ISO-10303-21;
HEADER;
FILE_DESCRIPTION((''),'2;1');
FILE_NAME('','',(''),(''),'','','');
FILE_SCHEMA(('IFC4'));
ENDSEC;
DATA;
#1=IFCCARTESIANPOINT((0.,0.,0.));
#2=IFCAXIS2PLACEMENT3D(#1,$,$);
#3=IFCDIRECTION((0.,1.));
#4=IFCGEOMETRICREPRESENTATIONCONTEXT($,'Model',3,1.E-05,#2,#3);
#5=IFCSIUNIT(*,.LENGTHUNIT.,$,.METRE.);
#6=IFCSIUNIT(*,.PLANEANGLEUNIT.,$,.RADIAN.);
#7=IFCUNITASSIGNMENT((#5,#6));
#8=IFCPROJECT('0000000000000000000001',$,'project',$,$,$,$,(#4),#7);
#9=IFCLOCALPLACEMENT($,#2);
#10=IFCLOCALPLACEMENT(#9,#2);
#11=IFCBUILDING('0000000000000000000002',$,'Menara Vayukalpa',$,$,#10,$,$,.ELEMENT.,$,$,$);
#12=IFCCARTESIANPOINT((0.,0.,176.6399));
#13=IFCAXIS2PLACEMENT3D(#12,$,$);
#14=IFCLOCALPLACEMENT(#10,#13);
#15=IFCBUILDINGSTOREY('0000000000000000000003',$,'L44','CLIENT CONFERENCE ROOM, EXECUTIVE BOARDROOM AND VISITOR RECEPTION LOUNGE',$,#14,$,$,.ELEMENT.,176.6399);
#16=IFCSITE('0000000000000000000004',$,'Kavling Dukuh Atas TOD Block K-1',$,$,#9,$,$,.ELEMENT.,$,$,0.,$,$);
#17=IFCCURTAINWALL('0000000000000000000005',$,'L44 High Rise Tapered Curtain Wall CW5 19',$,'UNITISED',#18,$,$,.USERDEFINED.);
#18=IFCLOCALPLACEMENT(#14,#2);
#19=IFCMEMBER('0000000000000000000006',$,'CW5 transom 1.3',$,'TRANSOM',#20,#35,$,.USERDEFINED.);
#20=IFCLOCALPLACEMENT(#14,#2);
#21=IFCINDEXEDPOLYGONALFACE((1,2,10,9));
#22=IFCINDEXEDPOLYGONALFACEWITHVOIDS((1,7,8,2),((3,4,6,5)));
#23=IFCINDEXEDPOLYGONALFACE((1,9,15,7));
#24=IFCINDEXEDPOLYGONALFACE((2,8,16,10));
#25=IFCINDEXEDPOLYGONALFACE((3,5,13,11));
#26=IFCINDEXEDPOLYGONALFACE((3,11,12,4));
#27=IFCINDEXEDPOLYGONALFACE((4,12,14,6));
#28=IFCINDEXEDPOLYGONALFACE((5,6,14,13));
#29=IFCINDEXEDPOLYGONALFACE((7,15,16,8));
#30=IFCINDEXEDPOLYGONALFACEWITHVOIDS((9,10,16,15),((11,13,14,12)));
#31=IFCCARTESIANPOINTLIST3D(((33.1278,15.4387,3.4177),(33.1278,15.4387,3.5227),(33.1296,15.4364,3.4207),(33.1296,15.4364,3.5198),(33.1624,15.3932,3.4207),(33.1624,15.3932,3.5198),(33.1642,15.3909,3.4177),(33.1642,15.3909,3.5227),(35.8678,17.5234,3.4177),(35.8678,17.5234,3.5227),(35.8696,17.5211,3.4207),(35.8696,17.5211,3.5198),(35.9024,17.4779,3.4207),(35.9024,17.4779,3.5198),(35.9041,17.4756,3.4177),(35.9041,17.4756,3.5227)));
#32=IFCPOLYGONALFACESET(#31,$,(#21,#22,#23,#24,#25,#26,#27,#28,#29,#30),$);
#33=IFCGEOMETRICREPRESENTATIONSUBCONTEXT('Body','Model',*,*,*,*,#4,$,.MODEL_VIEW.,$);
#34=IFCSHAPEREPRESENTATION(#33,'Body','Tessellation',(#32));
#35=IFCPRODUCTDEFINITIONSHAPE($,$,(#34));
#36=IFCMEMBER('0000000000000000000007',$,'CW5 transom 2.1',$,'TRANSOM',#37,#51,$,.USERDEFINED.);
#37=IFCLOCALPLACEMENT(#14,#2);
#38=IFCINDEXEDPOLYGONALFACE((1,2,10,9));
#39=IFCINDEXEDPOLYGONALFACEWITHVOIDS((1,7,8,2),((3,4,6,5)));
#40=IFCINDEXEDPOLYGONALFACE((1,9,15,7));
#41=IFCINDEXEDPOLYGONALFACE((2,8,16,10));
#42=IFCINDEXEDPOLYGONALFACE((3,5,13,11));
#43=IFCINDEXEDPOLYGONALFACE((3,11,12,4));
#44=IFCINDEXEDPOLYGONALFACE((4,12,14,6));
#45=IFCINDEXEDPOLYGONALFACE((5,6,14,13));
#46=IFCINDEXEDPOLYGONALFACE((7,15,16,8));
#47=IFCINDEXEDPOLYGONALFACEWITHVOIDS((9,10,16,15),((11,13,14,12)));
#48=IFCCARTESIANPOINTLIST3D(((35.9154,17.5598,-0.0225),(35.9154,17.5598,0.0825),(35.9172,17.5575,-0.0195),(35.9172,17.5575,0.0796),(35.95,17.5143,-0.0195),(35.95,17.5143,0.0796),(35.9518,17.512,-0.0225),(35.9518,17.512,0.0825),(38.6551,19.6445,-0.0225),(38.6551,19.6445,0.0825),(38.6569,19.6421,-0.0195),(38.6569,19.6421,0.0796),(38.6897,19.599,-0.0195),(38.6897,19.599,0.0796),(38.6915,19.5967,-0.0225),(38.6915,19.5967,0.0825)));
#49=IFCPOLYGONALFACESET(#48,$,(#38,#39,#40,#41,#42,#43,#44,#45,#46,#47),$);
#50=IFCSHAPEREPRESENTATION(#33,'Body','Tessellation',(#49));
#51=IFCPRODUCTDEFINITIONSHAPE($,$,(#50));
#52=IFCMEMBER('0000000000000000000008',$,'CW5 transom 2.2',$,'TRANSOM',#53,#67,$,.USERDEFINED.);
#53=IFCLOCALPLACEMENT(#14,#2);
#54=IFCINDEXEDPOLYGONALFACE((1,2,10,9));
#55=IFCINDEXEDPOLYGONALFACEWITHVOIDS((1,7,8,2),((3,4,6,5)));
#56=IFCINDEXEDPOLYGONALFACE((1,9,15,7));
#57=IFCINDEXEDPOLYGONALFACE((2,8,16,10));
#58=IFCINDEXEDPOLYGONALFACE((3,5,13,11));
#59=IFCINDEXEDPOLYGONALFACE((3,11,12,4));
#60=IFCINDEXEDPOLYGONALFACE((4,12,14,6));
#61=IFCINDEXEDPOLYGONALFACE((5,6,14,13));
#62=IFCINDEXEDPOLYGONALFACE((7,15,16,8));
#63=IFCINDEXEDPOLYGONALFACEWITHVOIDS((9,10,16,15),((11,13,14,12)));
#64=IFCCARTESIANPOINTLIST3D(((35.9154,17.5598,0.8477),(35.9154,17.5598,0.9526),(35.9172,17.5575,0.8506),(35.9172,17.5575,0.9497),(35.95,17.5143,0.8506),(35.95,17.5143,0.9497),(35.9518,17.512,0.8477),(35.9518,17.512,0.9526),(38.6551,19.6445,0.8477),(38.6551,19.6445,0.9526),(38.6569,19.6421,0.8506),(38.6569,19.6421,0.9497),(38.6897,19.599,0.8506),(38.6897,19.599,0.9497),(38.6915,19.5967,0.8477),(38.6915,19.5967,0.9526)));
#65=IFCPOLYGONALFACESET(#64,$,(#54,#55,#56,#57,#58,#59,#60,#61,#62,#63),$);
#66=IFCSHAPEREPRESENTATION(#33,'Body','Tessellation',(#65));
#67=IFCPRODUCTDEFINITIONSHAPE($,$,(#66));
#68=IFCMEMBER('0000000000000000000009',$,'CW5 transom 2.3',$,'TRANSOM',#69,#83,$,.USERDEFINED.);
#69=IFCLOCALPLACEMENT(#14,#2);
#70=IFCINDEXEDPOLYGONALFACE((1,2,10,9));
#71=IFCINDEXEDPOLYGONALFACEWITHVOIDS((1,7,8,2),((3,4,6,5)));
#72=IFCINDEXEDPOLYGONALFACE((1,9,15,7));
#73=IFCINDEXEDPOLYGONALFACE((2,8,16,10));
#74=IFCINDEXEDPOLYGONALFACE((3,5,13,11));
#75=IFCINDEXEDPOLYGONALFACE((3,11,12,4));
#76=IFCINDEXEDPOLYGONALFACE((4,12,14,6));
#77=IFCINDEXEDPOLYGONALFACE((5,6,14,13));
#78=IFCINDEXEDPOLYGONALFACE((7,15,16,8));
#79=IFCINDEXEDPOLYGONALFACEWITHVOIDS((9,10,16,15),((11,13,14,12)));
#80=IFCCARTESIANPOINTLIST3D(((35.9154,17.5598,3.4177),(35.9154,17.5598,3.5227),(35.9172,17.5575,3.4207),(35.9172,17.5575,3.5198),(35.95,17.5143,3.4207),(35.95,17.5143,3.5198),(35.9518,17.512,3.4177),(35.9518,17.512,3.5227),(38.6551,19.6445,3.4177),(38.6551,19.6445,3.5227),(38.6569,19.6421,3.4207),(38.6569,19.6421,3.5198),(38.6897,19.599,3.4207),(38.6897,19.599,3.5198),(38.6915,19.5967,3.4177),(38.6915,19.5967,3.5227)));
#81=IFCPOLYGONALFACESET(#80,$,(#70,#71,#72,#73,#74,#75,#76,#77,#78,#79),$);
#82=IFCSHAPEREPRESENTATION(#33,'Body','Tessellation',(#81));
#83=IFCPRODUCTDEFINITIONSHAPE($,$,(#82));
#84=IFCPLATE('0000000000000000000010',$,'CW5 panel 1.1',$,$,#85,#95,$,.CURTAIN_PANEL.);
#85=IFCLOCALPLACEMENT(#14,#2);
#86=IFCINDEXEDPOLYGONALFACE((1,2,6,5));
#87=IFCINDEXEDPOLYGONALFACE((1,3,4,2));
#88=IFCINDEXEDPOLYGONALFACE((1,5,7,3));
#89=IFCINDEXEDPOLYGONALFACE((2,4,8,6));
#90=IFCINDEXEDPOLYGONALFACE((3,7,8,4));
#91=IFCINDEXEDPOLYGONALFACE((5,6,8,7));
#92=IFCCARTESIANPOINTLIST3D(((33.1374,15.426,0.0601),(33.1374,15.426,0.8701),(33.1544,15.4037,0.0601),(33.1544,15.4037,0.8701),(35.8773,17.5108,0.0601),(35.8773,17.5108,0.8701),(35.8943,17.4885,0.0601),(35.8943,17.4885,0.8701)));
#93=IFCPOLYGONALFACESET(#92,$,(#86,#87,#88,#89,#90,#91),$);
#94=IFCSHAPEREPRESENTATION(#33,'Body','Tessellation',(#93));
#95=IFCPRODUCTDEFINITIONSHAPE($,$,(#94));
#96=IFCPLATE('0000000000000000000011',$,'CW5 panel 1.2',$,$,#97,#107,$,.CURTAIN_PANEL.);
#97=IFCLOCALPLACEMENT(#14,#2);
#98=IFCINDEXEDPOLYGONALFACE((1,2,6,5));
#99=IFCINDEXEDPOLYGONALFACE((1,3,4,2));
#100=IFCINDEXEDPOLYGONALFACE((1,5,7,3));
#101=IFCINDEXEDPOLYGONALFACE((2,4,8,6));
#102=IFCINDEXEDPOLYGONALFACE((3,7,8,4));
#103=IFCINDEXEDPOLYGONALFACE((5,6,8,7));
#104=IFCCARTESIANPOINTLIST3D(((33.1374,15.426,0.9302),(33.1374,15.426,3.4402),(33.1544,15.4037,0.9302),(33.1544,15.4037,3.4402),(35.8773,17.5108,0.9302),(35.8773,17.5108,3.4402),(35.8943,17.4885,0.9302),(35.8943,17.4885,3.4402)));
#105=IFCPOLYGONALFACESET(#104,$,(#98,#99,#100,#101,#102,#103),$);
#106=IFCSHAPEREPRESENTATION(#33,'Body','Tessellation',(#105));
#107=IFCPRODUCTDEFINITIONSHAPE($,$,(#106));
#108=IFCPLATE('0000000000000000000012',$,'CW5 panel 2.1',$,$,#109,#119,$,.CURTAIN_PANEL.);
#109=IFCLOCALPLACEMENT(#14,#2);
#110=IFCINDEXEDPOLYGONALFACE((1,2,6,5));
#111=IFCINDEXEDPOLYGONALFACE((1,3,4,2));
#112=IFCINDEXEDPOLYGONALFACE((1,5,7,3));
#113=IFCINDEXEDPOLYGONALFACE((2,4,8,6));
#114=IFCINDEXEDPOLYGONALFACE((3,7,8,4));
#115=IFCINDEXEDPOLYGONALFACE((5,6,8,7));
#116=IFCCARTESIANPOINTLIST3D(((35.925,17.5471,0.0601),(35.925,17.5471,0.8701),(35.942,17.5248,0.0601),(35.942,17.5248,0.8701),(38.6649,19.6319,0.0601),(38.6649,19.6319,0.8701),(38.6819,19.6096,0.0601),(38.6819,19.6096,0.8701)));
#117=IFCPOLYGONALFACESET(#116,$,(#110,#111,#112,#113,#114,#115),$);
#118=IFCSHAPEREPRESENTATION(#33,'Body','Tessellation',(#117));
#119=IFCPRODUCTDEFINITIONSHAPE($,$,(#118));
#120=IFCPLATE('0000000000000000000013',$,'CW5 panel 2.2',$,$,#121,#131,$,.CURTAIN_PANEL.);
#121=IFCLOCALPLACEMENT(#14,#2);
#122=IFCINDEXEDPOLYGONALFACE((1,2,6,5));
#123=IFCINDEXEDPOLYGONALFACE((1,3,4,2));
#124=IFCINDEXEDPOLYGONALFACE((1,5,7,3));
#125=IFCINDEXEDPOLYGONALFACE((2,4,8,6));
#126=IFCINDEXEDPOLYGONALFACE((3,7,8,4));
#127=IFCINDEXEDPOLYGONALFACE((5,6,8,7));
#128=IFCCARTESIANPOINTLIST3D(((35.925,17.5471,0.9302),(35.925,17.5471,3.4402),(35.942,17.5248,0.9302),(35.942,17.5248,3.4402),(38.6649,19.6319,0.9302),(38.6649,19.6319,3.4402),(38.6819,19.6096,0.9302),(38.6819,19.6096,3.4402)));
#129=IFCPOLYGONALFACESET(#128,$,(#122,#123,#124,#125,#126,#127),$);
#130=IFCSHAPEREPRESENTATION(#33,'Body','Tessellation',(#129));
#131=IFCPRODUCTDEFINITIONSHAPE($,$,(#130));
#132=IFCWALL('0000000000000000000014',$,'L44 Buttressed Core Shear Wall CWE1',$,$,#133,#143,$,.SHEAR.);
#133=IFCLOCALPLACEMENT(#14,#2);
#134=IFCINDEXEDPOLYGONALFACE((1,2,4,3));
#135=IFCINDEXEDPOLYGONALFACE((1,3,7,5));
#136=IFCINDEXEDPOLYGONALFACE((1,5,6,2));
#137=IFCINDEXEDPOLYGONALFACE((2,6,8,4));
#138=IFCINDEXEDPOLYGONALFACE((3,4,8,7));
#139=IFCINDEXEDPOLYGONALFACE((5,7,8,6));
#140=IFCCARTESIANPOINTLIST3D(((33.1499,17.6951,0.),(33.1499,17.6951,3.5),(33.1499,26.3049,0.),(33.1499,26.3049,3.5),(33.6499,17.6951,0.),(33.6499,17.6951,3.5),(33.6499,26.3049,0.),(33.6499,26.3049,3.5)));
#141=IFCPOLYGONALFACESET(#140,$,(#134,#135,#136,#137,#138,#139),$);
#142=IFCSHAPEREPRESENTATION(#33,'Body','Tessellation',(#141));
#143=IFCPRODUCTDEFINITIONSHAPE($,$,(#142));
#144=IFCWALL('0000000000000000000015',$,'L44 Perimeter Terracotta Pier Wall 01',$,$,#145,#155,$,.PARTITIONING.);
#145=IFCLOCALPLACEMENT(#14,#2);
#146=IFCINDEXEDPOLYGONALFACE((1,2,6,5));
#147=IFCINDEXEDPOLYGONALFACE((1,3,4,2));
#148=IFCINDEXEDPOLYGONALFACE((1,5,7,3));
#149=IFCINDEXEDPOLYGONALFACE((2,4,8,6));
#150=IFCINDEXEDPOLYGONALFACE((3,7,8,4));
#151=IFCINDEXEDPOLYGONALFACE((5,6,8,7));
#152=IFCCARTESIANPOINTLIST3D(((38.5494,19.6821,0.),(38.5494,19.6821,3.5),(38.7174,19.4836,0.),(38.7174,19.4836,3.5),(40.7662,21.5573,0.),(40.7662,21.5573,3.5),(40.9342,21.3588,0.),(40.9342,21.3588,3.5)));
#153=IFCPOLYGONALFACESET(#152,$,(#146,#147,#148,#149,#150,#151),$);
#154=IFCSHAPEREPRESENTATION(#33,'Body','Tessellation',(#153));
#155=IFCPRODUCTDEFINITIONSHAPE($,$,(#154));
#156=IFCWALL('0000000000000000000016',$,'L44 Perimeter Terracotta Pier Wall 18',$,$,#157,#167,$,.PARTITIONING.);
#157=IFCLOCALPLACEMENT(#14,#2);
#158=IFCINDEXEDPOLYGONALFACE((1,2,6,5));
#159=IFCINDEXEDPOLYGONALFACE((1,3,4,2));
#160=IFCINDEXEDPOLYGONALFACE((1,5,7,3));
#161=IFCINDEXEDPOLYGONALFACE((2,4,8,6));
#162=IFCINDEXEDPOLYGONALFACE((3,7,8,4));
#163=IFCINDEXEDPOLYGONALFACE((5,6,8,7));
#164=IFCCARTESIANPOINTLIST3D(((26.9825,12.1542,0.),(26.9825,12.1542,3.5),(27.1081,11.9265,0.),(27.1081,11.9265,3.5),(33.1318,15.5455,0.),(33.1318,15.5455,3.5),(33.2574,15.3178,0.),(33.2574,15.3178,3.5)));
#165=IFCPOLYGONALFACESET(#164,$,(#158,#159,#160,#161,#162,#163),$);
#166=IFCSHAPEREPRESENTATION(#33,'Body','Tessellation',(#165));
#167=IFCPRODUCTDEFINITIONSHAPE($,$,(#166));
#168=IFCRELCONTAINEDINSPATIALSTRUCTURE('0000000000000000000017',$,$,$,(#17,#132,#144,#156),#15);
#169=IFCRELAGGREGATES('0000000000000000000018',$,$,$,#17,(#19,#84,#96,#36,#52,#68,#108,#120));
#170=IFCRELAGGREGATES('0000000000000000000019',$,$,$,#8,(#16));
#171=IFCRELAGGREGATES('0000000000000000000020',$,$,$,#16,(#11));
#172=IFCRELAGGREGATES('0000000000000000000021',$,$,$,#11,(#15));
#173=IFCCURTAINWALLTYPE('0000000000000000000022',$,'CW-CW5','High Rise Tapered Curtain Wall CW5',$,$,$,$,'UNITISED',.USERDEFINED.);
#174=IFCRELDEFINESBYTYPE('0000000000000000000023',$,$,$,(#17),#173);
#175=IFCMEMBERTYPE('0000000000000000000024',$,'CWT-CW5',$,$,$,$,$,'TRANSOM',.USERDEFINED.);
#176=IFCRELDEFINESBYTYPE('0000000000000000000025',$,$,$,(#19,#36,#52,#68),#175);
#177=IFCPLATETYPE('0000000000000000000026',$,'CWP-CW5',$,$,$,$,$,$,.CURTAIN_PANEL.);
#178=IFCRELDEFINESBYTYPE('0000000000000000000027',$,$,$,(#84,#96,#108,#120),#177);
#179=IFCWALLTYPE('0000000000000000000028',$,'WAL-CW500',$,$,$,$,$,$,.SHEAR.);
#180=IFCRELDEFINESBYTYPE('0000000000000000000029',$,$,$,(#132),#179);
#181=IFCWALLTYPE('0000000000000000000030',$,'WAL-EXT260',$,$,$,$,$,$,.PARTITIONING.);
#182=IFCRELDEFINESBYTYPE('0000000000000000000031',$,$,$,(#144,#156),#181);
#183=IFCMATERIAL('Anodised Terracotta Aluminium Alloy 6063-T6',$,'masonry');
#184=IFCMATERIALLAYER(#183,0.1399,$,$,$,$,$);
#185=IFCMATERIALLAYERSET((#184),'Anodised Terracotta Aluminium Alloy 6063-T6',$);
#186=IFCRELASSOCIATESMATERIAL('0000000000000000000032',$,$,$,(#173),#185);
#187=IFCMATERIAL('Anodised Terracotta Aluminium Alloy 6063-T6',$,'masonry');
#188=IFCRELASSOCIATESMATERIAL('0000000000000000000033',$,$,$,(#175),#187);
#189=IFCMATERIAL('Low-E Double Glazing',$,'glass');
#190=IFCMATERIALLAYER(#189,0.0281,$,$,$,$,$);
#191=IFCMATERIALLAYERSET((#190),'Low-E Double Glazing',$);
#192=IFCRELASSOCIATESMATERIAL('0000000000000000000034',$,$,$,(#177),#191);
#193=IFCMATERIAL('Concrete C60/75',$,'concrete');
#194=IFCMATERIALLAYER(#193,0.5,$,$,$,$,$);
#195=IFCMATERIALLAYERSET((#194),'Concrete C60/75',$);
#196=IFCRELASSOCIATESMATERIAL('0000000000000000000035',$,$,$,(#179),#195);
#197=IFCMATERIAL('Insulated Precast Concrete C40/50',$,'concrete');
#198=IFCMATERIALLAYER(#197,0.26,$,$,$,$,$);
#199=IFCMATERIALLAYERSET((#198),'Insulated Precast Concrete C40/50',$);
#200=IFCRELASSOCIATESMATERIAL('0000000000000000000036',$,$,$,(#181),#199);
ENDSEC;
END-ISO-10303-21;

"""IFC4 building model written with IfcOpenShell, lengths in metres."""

from ifc_helpers import new_model, si_unit, direction, frame, frame_2d, origin, origin_2d, place, context, subcontext, project, spatial, rectangle, hollow_rectangle, extrude, material, layer, layer_set, material_profile, profile_set, type_object, element, aggregate, save


model = new_model("IFC4")

# Units and contexts
model_context = context("Model", 3, precision=1e-05, world=origin(), true_north=direction((0.0, 1.0)))
body_context = subcontext(model_context, "Body", "Model", "MODEL_VIEW")
ifc_project = project(units=[si_unit("LENGTHUNIT", "METRE"), si_unit("PLANEANGLEUNIT", "RADIAN")], contexts=[model_context])

# Site, building, storey
site_placement = place(None, origin())
site = spatial("IfcSite", under=ifc_project, at=site_placement, Name="Kavling Dukuh Atas TOD Block K-1", CompositionType="ELEMENT", RefElevation=0.0)
building_placement = place(site_placement, origin())
building = spatial("IfcBuilding", under=site, at=building_placement, Name="Menara Vayukalpa", CompositionType="ELEMENT")
storey_placement = place(building_placement, frame((0.0, 0.0, 176.6399)))
storey = spatial("IfcBuildingStorey", under=building, at=storey_placement, Name="L44", Description="CLIENT CONFERENCE ROOM, EXECUTIVE BOARDROOM AND VISITOR RECEPTION LOUNGE", CompositionType="ELEMENT", Elevation=176.6399)

# Curtain wall, members, plates
ifc_material_1 = material(Name="Anodised Terracotta Aluminium Alloy 6063-T6", Category="masonry")
ifc_layer_1 = layer(ifc_material_1, 0.1399)
ifc_layer_set_1 = layer_set([ifc_layer_1], Name="Anodised Terracotta Aluminium Alloy 6063-T6")
curtain_wall_type = type_object("IfcCurtainWallType", Name="CW-CW5", Description="High Rise Tapered Curtain Wall CW5", ElementType="UNITISED", PredefinedType="USERDEFINED", material=ifc_layer_set_1)
curtain_wall_placement = place(storey_placement, origin())
curtain_wall = element("IfcCurtainWall", 1, at=curtain_wall_placement, inside=storey, type_object=curtain_wall_type, Name="L44 High Rise Tapered Curtain Wall CW5 19", ObjectType="UNITISED", PredefinedType="USERDEFINED")
ifc_material_2 = material(Name="Anodised Terracotta Aluminium Alloy 6063-T6", Category="masonry")
ifc_material_profile_1 = material_profile(ifc_material_2, hollow_rectangle(XDim=0.0601, YDim=0.105, WallThickness=0.0029, at=origin_2d()), Name="ALU 60x105x3")
ifc_profile_set_1 = profile_set([ifc_material_profile_1], Name="Anodised Terracotta Aluminium Alloy 6063-T6")
member_type_1 = type_object("IfcMemberType", Name="CWT-CW5", ElementType="TRANSOM", PredefinedType="USERDEFINED", material=ifc_profile_set_1)
member_1_placement = place(storey_placement, frame((33.146, 15.4148, 3.4702), z_axis=(0.795837, 0.605511, 0.0), x_axis=(-0.605511, 0.795837, 0.0)))
member_1 = element("IfcMember", 2, at=member_1_placement, type_object=member_type_1, Name="CW5 transom 1.3", ObjectType="TRANSOM", PredefinedType="USERDEFINED", context=body_context, shape_type="SweptSolid", body=[
    extrude(hollow_rectangle(XDim=0.0601, YDim=0.105, WallThickness=0.0029, at=origin_2d()), origin(), (0.0, 0.0, 1.0), 3.4429),
])
member_2_placement = place(storey_placement, frame((35.9336, 17.5359, 0.03), z_axis=(0.795811, 0.605545, 0.0), x_axis=(-0.605545, 0.795811, 0.0)))
member_2 = element("IfcMember", 3, at=member_2_placement, type_object=member_type_1, Name="CW5 transom 2.1", ObjectType="TRANSOM", PredefinedType="USERDEFINED", context=body_context, shape_type="SweptSolid", body=[
    extrude(hollow_rectangle(XDim=0.0601, YDim=0.105, WallThickness=0.0029, at=origin_2d()), origin(), (0.0, 0.0, 1.0), 3.4426),
])
member_3_placement = place(storey_placement, frame((35.9336, 17.5359, 0.9001), z_axis=(0.795811, 0.605545, 0.0), x_axis=(-0.605545, 0.795811, 0.0)))
member_3 = element("IfcMember", 4, at=member_3_placement, type_object=member_type_1, Name="CW5 transom 2.2", ObjectType="TRANSOM", PredefinedType="USERDEFINED", context=body_context, shape_type="SweptSolid", body=[
    extrude(hollow_rectangle(XDim=0.0601, YDim=0.105, WallThickness=0.0029, at=origin_2d()), origin(), (0.0, 0.0, 1.0), 3.4426),
])
member_4_placement = place(storey_placement, frame((35.9336, 17.5359, 3.4702), z_axis=(0.795811, 0.605545, 0.0), x_axis=(-0.605545, 0.795811, 0.0)))
member_4 = element("IfcMember", 5, at=member_4_placement, type_object=member_type_1, Name="CW5 transom 2.3", ObjectType="TRANSOM", PredefinedType="USERDEFINED", context=body_context, shape_type="SweptSolid", body=[
    extrude(hollow_rectangle(XDim=0.0601, YDim=0.105, WallThickness=0.0029, at=origin_2d()), origin(), (0.0, 0.0, 1.0), 3.4426),
])
ifc_material_3 = material(Name="Low-E Double Glazing", Category="glass")
ifc_layer_2 = layer(ifc_material_3, 0.0281)
ifc_layer_set_2 = layer_set([ifc_layer_2], Name="Low-E Double Glazing")
plate_type = type_object("IfcPlateType", Name="CWP-CW5", PredefinedType="CURTAIN_PANEL", material=ifc_layer_set_2)
plate_1_placement = place(storey_placement, frame((34.5159, 16.4573, 0.0601), z_axis=(0.0, 0.0, 1.0), x_axis=(0.795815, 0.60554, 0.0)))
plate_1 = element("IfcPlate", 6, at=plate_1_placement, type_object=plate_type, Name="CW5 panel 1.1", PredefinedType="CURTAIN_PANEL", context=body_context, shape_type="SweptSolid", body=[
    extrude(rectangle(XDim=3.4429, YDim=0.0281, at=origin_2d()), origin(), (0.0, 0.0, 1.0), 0.8101),
])
plate_2_placement = place(storey_placement, frame((34.5159, 16.4573, 0.9302), z_axis=(0.0, 0.0, 1.0), x_axis=(0.795815, 0.60554, 0.0)))
plate_2 = element("IfcPlate", 7, at=plate_2_placement, type_object=plate_type, Name="CW5 panel 1.2", PredefinedType="CURTAIN_PANEL", context=body_context, shape_type="SweptSolid", body=[
    extrude(rectangle(XDim=3.4429, YDim=0.0281, at=origin_2d()), origin(), (0.0, 0.0, 1.0), 2.51),
])
plate_3_placement = place(storey_placement, frame((37.3035, 18.5784, 0.0601), z_axis=(0.0, 0.0, 1.0), x_axis=(0.795815, 0.60554, 0.0)))
plate_3 = element("IfcPlate", 8, at=plate_3_placement, type_object=plate_type, Name="CW5 panel 2.1", PredefinedType="CURTAIN_PANEL", context=body_context, shape_type="SweptSolid", body=[
    extrude(rectangle(XDim=3.4429, YDim=0.0281, at=origin_2d()), origin(), (0.0, 0.0, 1.0), 0.8101),
])
plate_4_placement = place(storey_placement, frame((37.3035, 18.5784, 0.9302), z_axis=(0.0, 0.0, 1.0), x_axis=(0.795815, 0.60554, 0.0)))
plate_4 = element("IfcPlate", 9, at=plate_4_placement, type_object=plate_type, Name="CW5 panel 2.2", PredefinedType="CURTAIN_PANEL", context=body_context, shape_type="SweptSolid", body=[
    extrude(rectangle(XDim=3.4429, YDim=0.0281, at=origin_2d()), origin(), (0.0, 0.0, 1.0), 2.51),
])
aggregate(curtain_wall, [member_1, plate_1, plate_2, member_2, member_3, member_4, plate_3, plate_4])

# Walls
ifc_material_4 = material(Name="Concrete C60/75", Category="concrete")
ifc_layer_3 = layer(ifc_material_4, 0.5)
ifc_layer_set_3 = layer_set([ifc_layer_3], Name="Concrete C60/75")
wall_type_1 = type_object("IfcWallType", Name="WAL-CW500", PredefinedType="SHEAR", material=ifc_layer_set_3)
wall_1_placement = place(storey_placement, frame((33.3999, 17.6951, 0.0), z_axis=(0.0, 0.0, 1.0), x_axis=(0.0, 1.0, 0.0)))
element("IfcWall", 10, at=wall_1_placement, inside=storey, type_object=wall_type_1, Name="L44 Buttressed Core Shear Wall CWE1", PredefinedType="SHEAR", context=body_context, shape_type="SweptSolid", body=[
    extrude(rectangle(XDim=8.6099, YDim=0.5, at=frame_2d((4.3049, 0.0))), origin(), (0.0, 0.0, 1.0), 3.5),
])
ifc_material_5 = material(Name="Insulated Precast Concrete C40/50", Category="concrete")
ifc_layer_4 = layer(ifc_material_5, 0.26)
ifc_layer_set_4 = layer_set([ifc_layer_4], Name="Insulated Precast Concrete C40/50")
wall_type_2 = type_object("IfcWallType", Name="WAL-EXT260", PredefinedType="PARTITIONING", material=ifc_layer_set_4)
wall_2_placement = place(storey_placement, frame((40.8501, 21.458, 0.0), z_axis=(0.0, 0.0, 1.0), x_axis=(-0.763472, -0.64584, 0.0)))
element("IfcWall", 11, at=wall_2_placement, inside=storey, type_object=wall_type_2, Name="L44 Perimeter Terracotta Pier Wall 01", PredefinedType="PARTITIONING", context=body_context, shape_type="SweptSolid", body=[
    extrude(rectangle(XDim=2.9036, YDim=0.26, at=frame_2d((1.4517, 0.0))), origin(), (0.0, 0.0, 1.0), 3.5),
])
wall_3_placement = place(storey_placement, frame((33.1946, 15.4316, 0.0), z_axis=(0.0, 0.0, 1.0), x_axis=(-0.875663, -0.482922, 0.0)))
element("IfcWall", 12, at=wall_3_placement, inside=storey, type_object=wall_type_2, Name="L44 Perimeter Terracotta Pier Wall 18", PredefinedType="PARTITIONING", context=body_context, shape_type="SweptSolid", body=[
    extrude(rectangle(XDim=7.0225, YDim=0.26, at=frame_2d((3.5112, 0.0))), origin(), (0.0, 0.0, 1.0), 3.5),
])

save(model, "model.ifc")
